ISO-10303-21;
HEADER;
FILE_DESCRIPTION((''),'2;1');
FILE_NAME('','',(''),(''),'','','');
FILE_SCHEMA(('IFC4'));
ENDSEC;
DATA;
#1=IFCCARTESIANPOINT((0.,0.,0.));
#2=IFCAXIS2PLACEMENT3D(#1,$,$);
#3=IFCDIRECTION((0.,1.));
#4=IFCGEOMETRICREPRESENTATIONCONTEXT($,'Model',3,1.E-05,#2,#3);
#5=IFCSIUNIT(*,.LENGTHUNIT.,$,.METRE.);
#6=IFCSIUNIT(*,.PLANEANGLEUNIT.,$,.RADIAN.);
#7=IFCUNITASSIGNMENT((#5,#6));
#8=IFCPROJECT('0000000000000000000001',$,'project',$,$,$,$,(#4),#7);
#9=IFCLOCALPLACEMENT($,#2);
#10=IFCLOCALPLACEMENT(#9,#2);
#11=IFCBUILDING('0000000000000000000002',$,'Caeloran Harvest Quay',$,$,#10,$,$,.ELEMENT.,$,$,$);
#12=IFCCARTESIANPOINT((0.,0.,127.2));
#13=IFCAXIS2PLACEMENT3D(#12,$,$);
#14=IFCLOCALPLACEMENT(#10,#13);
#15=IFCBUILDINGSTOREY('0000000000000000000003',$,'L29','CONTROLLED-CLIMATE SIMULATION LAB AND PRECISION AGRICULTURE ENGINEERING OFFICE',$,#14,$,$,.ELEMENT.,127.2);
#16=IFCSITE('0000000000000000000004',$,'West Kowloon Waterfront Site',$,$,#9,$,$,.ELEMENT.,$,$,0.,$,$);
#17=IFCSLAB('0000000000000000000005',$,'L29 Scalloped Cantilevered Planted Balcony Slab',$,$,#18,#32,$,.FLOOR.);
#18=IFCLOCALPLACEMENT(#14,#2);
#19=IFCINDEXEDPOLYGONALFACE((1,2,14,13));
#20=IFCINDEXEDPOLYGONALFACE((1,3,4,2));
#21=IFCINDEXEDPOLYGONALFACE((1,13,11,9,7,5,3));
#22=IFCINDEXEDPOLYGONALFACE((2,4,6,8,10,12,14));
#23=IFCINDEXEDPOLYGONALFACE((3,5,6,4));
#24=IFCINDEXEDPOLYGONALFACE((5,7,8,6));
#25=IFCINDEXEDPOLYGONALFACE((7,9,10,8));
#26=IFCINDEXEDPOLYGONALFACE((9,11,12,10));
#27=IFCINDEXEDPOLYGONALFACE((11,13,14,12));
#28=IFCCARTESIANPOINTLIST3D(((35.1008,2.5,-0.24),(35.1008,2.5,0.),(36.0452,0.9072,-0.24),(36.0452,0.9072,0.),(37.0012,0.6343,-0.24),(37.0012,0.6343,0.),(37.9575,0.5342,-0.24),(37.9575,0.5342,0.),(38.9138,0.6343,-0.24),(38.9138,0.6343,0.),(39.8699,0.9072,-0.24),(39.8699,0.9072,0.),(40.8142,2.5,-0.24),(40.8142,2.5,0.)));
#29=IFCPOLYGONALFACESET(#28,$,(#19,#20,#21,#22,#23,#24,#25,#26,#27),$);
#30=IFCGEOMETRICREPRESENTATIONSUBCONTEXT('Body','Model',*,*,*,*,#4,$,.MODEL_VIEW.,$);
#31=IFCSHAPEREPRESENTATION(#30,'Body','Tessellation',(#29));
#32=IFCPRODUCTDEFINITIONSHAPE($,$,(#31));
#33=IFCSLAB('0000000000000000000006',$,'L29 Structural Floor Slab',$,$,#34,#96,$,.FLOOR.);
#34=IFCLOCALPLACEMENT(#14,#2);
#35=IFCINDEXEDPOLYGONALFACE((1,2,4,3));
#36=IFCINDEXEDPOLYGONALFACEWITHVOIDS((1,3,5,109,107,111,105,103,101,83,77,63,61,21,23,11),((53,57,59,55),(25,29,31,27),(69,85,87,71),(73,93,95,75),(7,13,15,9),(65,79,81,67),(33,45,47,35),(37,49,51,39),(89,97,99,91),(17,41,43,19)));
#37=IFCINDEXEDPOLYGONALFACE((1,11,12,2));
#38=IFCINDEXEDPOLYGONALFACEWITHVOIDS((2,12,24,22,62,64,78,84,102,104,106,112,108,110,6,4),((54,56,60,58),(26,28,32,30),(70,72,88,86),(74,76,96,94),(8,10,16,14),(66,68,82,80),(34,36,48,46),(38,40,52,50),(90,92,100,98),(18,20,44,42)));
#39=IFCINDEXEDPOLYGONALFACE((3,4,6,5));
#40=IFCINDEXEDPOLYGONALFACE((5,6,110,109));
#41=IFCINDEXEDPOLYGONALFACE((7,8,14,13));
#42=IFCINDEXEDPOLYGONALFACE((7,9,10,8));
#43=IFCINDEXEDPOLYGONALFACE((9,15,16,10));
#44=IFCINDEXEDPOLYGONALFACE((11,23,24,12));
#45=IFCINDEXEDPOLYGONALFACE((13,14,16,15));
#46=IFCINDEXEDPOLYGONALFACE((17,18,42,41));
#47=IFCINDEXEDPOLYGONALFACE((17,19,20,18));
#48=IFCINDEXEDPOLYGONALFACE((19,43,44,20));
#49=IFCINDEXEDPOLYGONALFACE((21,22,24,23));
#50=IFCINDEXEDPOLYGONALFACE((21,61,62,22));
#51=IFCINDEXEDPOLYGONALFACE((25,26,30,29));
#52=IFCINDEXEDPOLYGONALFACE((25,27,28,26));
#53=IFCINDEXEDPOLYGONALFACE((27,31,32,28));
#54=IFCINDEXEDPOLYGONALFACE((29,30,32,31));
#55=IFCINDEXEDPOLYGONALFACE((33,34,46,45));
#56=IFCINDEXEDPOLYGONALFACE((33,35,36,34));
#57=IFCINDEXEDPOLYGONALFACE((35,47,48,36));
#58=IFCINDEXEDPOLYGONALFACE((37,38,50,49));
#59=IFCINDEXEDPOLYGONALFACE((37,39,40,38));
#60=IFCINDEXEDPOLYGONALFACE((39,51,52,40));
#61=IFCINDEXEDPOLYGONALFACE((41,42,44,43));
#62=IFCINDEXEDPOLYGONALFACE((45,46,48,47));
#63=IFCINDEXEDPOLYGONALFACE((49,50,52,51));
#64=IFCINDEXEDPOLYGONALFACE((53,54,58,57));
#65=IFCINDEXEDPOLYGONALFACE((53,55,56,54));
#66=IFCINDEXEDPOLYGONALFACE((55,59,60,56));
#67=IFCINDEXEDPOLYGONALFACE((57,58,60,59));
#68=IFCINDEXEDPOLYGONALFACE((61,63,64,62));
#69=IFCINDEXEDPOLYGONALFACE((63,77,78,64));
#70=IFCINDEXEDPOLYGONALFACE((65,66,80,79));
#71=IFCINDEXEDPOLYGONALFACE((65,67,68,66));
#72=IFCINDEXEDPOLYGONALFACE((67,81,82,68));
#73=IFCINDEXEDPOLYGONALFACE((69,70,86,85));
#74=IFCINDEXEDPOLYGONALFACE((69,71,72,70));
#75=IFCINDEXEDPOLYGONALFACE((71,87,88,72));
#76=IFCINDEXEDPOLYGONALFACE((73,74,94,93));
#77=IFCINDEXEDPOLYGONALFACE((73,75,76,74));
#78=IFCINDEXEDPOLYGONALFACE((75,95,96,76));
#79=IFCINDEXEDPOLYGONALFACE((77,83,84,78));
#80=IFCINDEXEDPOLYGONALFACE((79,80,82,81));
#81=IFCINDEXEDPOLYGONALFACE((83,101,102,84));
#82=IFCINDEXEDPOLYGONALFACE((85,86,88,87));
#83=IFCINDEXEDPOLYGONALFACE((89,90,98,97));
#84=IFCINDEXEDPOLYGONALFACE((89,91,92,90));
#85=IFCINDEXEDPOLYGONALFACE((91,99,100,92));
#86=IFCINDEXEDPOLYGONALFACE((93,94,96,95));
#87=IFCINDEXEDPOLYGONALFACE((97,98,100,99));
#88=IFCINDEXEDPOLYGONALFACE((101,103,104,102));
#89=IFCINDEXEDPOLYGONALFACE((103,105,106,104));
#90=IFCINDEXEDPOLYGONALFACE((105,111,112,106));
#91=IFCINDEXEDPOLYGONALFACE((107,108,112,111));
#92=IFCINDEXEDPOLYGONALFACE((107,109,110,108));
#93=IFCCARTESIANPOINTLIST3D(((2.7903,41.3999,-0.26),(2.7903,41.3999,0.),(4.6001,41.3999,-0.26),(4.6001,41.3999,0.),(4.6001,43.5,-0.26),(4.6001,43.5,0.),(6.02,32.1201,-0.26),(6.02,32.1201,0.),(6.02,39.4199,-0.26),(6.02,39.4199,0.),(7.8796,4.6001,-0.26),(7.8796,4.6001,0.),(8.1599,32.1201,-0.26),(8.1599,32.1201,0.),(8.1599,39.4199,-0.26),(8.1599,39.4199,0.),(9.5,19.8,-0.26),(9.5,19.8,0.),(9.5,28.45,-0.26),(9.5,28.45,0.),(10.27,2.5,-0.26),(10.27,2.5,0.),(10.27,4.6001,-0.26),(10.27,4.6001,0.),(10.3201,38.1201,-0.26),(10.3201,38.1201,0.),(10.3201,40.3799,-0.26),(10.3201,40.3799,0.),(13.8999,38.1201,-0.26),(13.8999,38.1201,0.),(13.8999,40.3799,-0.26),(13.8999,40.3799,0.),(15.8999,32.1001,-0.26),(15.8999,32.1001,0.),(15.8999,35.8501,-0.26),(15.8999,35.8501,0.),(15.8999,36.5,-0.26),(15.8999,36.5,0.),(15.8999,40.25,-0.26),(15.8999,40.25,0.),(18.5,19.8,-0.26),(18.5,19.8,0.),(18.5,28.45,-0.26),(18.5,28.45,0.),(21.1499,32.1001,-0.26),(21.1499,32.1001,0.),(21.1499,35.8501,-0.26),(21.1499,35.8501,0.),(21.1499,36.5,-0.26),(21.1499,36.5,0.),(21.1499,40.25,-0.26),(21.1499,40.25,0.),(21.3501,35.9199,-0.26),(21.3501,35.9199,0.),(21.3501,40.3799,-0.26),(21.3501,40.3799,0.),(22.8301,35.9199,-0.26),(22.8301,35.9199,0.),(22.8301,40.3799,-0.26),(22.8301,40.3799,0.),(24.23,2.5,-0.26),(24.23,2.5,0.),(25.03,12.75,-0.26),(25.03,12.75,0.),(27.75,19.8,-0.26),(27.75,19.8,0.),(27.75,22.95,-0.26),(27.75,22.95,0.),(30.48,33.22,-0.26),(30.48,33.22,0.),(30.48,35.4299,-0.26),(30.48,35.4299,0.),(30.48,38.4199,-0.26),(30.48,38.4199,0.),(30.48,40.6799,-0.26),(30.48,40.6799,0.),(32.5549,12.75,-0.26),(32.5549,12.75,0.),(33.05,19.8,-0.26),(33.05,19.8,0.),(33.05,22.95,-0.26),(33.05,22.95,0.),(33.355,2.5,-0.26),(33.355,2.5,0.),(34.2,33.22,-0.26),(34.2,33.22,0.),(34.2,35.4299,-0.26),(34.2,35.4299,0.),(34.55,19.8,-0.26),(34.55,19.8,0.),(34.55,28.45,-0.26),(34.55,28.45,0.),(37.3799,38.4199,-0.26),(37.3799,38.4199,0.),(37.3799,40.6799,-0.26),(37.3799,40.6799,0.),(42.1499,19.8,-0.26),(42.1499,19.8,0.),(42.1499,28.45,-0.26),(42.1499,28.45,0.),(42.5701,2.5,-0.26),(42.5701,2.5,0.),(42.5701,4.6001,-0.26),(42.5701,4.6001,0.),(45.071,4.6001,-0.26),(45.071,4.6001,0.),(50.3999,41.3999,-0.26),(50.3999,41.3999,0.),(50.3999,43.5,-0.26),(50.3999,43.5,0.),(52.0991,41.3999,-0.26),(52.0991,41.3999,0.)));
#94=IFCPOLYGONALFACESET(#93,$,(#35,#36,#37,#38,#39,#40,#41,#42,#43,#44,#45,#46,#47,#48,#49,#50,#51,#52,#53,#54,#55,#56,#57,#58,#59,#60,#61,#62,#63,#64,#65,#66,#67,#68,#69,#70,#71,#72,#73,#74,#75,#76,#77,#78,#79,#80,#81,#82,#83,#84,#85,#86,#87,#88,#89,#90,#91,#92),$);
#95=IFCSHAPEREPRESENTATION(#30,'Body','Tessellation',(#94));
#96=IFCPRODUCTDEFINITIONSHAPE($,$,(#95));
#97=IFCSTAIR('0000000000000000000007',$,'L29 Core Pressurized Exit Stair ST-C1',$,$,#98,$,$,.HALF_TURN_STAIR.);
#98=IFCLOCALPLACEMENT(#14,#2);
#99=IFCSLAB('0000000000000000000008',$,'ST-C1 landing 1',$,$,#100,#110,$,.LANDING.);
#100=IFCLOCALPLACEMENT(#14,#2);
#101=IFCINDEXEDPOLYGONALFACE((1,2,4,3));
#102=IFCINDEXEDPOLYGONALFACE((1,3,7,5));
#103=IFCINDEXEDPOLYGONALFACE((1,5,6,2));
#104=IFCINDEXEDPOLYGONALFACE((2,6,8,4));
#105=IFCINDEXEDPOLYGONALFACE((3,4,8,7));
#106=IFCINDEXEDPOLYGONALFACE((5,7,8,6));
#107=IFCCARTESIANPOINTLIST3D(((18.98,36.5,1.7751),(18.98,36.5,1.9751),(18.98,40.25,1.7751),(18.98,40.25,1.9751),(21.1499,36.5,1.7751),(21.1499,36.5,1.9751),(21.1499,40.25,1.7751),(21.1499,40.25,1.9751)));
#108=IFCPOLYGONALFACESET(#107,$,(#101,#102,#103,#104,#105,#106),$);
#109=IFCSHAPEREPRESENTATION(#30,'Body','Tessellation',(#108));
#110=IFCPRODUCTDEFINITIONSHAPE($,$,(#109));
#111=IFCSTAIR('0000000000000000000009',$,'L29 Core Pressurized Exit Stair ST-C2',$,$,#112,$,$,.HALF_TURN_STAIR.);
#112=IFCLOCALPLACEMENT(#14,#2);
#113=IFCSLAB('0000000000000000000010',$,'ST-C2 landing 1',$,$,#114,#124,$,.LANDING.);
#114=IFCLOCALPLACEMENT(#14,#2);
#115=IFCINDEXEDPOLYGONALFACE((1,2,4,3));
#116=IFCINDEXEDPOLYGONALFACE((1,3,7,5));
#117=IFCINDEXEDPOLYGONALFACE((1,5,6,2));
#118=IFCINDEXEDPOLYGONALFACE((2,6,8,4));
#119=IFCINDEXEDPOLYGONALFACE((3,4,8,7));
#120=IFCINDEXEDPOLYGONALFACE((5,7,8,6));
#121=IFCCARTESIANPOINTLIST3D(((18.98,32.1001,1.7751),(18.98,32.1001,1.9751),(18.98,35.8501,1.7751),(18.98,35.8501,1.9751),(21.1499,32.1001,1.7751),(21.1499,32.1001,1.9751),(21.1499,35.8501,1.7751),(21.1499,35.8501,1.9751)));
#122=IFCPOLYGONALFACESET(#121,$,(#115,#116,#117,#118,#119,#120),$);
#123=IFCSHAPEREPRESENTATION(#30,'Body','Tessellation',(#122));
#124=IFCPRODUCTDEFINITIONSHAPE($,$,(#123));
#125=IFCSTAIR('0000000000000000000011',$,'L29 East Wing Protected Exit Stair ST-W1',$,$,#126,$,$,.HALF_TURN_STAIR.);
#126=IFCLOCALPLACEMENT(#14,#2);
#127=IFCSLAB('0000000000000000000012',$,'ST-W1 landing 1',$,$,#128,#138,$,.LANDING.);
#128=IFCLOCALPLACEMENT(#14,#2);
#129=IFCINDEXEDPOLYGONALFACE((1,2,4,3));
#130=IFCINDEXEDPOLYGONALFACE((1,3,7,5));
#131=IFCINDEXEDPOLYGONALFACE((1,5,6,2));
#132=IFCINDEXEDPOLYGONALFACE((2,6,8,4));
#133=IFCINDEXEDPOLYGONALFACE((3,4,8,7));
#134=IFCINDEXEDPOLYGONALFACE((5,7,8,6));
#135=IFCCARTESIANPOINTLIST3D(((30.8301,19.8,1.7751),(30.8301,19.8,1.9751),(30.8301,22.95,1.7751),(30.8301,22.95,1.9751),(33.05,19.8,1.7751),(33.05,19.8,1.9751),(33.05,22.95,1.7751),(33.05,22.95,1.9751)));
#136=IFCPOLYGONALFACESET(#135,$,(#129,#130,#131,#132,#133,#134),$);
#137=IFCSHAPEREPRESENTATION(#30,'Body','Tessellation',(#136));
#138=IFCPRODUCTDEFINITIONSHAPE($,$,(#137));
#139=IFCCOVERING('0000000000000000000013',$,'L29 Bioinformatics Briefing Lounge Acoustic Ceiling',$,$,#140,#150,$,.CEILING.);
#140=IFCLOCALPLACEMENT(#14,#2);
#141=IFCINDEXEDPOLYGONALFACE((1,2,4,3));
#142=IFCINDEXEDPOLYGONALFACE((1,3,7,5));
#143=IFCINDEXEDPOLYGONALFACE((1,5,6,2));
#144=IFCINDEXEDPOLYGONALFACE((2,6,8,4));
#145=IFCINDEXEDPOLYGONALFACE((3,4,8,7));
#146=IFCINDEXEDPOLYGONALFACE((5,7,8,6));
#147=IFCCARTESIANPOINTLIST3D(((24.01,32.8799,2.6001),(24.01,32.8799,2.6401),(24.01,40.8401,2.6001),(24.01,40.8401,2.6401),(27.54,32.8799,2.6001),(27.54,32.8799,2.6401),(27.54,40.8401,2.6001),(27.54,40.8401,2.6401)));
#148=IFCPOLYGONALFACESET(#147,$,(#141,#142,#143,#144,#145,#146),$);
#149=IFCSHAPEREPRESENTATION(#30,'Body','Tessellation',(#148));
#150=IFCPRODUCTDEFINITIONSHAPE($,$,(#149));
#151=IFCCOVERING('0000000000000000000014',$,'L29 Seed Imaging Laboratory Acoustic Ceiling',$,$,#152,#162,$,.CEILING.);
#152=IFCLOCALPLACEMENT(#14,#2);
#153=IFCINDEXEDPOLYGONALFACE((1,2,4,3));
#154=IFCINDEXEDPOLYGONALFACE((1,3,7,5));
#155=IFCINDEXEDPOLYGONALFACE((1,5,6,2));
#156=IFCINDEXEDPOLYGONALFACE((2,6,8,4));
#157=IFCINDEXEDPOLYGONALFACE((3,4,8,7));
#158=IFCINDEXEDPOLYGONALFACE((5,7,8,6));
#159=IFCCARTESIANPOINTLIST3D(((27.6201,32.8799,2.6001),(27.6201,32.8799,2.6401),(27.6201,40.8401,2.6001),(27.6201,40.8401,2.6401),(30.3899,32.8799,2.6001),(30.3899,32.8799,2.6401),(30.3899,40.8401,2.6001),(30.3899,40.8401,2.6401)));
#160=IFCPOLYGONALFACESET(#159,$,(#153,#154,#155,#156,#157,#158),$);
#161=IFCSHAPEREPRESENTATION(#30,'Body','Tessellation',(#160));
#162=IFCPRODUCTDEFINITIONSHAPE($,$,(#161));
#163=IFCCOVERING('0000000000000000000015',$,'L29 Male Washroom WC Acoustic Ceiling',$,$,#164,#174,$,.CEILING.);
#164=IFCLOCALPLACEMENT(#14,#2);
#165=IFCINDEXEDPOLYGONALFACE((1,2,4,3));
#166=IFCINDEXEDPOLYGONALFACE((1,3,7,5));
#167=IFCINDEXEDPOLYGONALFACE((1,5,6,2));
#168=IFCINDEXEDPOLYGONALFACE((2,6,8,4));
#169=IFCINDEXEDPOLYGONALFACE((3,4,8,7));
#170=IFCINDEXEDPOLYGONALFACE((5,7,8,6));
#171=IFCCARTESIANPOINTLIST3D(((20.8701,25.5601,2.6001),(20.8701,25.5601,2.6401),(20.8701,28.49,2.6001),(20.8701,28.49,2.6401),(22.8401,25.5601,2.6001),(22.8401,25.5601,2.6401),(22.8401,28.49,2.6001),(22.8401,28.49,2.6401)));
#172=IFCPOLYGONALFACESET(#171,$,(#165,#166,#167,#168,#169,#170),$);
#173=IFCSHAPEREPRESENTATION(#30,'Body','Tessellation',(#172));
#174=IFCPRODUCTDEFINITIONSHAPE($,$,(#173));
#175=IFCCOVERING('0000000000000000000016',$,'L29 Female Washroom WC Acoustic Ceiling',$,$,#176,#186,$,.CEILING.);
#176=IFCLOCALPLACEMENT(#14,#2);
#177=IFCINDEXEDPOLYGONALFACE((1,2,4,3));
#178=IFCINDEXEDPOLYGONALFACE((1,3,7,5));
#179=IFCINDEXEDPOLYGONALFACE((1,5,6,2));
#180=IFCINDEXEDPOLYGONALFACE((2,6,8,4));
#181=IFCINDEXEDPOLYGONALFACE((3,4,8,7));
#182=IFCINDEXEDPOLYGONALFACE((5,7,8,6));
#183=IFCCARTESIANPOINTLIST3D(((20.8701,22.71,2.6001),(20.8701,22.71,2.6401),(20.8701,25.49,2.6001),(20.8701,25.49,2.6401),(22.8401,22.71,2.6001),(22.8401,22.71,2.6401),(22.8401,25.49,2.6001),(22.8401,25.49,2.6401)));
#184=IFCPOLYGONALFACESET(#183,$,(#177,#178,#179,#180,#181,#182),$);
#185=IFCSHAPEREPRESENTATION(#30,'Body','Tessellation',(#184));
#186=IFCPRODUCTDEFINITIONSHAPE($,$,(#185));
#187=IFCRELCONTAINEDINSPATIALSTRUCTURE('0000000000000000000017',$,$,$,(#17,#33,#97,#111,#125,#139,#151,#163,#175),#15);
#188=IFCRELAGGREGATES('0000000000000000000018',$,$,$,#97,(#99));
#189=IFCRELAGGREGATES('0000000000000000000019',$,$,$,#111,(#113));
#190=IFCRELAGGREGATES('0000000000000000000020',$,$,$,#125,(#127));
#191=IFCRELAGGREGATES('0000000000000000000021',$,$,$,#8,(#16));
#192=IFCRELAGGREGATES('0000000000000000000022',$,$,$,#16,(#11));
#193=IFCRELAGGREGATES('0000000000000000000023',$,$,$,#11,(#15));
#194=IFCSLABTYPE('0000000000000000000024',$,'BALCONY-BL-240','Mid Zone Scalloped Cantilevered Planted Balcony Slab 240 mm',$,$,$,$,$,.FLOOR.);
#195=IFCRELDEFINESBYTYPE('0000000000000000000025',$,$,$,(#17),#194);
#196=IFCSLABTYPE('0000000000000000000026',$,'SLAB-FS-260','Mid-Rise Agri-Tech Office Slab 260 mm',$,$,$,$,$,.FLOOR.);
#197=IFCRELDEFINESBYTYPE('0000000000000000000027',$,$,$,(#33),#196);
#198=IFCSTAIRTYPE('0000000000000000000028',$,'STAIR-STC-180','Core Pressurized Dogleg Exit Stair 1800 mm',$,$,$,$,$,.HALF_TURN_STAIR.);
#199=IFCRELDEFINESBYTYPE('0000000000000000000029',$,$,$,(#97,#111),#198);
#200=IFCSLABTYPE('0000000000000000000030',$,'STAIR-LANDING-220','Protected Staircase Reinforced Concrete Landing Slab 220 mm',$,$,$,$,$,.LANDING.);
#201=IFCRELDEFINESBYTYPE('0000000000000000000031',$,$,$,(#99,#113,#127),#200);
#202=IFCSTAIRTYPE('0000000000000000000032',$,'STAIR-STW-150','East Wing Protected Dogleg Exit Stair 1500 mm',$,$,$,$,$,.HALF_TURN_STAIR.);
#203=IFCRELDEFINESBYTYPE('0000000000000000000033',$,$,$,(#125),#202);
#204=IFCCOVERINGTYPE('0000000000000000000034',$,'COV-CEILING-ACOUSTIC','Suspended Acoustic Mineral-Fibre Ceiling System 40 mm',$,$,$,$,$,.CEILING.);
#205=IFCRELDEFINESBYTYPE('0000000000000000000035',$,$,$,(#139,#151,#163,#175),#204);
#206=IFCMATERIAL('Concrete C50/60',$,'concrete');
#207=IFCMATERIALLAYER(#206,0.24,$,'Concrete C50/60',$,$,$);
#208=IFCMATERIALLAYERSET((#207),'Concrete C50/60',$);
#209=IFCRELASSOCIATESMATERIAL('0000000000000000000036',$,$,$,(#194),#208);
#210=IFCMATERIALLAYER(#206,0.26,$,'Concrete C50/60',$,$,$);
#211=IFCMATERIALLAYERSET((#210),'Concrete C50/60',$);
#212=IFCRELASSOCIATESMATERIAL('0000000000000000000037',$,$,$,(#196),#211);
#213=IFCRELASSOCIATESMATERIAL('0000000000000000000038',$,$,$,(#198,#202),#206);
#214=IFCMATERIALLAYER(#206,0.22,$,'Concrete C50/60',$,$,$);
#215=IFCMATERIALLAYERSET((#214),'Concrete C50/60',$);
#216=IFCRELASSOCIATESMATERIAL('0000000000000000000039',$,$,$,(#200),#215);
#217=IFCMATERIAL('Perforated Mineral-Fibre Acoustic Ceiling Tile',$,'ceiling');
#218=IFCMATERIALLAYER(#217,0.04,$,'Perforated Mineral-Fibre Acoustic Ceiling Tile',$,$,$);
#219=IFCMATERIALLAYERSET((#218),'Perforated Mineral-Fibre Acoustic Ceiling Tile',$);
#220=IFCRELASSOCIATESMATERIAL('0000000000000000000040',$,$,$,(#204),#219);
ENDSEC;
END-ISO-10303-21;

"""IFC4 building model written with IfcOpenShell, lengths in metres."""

from ifc_helpers import new_model, si_unit, direction, frame, origin, place, context, subcontext, project, spatial, polyline, outline, extrude, material, layer, layer_set, type_object, element, aggregate, save


model = new_model("IFC4")

# Units and contexts
model_context = context("Model", 3, precision=1e-05, world=origin(), true_north=direction((0.0, 1.0)))
body_context = subcontext(model_context, "Body", "Model", "MODEL_VIEW")
ifc_project = project(units=[si_unit("LENGTHUNIT", "METRE"), si_unit("PLANEANGLEUNIT", "RADIAN")], contexts=[model_context])

# Site, building, storey
site_placement = place(None, origin())
site = spatial("IfcSite", under=ifc_project, at=site_placement, Name="West Kowloon Waterfront Site", CompositionType="ELEMENT", RefElevation=0.0)
building_placement = place(site_placement, origin())
building = spatial("IfcBuilding", under=site, at=building_placement, Name="Caeloran Harvest Quay", CompositionType="ELEMENT")
storey_placement = place(building_placement, frame((0.0, 0.0, 127.2)))
storey = spatial("IfcBuildingStorey", under=building, at=storey_placement, Name="L29", Description="CONTROLLED-CLIMATE SIMULATION LAB AND PRECISION AGRICULTURE ENGINEERING OFFICE", CompositionType="ELEMENT", Elevation=127.2)

# Slabs
ifc_material_1 = material(Name="Concrete C50/60", Category="concrete")
ifc_layer_1 = layer(ifc_material_1, 0.24, Name="Concrete C50/60")
ifc_layer_set_1 = layer_set([ifc_layer_1], Name="Concrete C50/60")
slab_type_1 = type_object("IfcSlabType", Name="BALCONY-BL-240", Description="Mid Zone Scalloped Cantilevered Planted Balcony Slab 240 mm", PredefinedType="FLOOR", material=ifc_layer_set_1)
slab_1_placement = place(storey_placement, frame((0.0, 0.0, -0.24)))
element("IfcSlab", 1, at=slab_1_placement, inside=storey, type_object=slab_type_1, Name="L29 Scalloped Cantilevered Planted Balcony Slab", PredefinedType="FLOOR", context=body_context, shape_type="SweptSolid", body=[
    extrude(outline(polyline([(39.8699, 0.9072), (38.9138, 0.6343), (37.9575, 0.5342), (37.0012, 0.6343), (36.0452, 0.9072), (35.1008, 2.5), (40.8142, 2.5), (39.8699, 0.9072)])), origin(), (0.0, 0.0, 1.0), 0.24),
])
ifc_layer_2 = layer(ifc_material_1, 0.26, Name="Concrete C50/60")
ifc_layer_set_2 = layer_set([ifc_layer_2], Name="Concrete C50/60")
slab_type_2 = type_object("IfcSlabType", Name="SLAB-FS-260", Description="Mid-Rise Agri-Tech Office Slab 260 mm", PredefinedType="FLOOR", material=ifc_layer_set_2)
slab_2_placement = place(storey_placement, frame((0.0, 0.0, -0.26)))
element("IfcSlab", 2, at=slab_2_placement, inside=storey, type_object=slab_type_2, Name="L29 Structural Floor Slab", PredefinedType="FLOOR", context=body_context, shape_type="SweptSolid", body=[
    extrude(outline(polyline([(10.27, 2.5), (24.23, 2.5), (25.03, 12.75), (32.5549, 12.75), (33.355, 2.5), (42.5701, 2.5), (42.5701, 4.6001), (45.071, 4.6001), (52.0991, 41.3999), (50.3999, 41.3999), (50.3999, 43.5), (4.6001, 43.5), (4.6001, 41.3999), (2.7903, 41.3999), (7.8796, 4.6001), (10.27, 4.6001), (10.27, 2.5)]), holes=[polyline([(27.75, 19.8), (27.75, 22.95), (33.05, 22.95), (33.05, 19.8), (27.75, 19.8)]), polyline([(18.5, 19.8), (9.5, 19.8), (9.5, 28.45), (18.5, 28.45), (18.5, 19.8)]), polyline([(42.1499, 19.8), (34.55, 19.8), (34.55, 28.45), (42.1499, 28.45), (42.1499, 19.8)]), polyline([(15.8999, 35.8501), (21.1499, 35.8501), (21.1499, 32.1001), (15.8999, 32.1001), (15.8999, 35.8501)]), polyline([(30.48, 33.22), (30.48, 35.4299), (34.2, 35.4299), (34.2, 33.22), (30.48, 33.22)]), polyline([(8.1599, 32.1201), (6.02, 32.1201), (6.02, 39.4199), (8.1599, 39.4199), (8.1599, 32.1201)]), polyline([(22.8301, 35.9199), (21.3501, 35.9199), (21.3501, 40.3799), (22.8301, 40.3799), (22.8301, 35.9199)]), polyline([(15.8999, 36.5), (15.8999, 40.25), (21.1499, 40.25), (21.1499, 36.5), (15.8999, 36.5)]), polyline([(10.3201, 38.1201), (10.3201, 40.3799), (13.8999, 40.3799), (13.8999, 38.1201), (10.3201, 38.1201)]), polyline([(30.48, 38.4199), (30.48, 40.6799), (37.3799, 40.6799), (37.3799, 38.4199), (30.48, 38.4199)])]), origin(), (0.0, 0.0, 1.0), 0.26),
])

# Stairs, slabs
stair_type_1 = type_object("IfcStairType", Name="STAIR-STC-180", Description="Core Pressurized Dogleg Exit Stair 1800 mm", PredefinedType="HALF_TURN_STAIR", material=ifc_material_1)
stair_1_placement = place(storey_placement, origin())
stair_1 = element("IfcStair", 3, at=stair_1_placement, inside=storey, type_object=stair_type_1, Name="L29 Core Pressurized Exit Stair ST-C1", PredefinedType="HALF_TURN_STAIR")
ifc_layer_3 = layer(ifc_material_1, 0.22, Name="Concrete C50/60")
ifc_layer_set_3 = layer_set([ifc_layer_3], Name="Concrete C50/60")
slab_type_3 = type_object("IfcSlabType", Name="STAIR-LANDING-220", Description="Protected Staircase Reinforced Concrete Landing Slab 220 mm", PredefinedType="LANDING", material=ifc_layer_set_3)
slab_3_placement = place(storey_placement, frame((0.0, 0.0, 1.7751)))
slab_3 = element("IfcSlab", 4, at=slab_3_placement, type_object=slab_type_3, Name="ST-C1 landing 1", PredefinedType="LANDING", context=body_context, shape_type="SweptSolid", body=[
    extrude(outline(polyline([(18.98, 36.5), (21.1499, 36.5), (21.1499, 40.25), (18.98, 40.25), (18.98, 36.5)])), origin(), (0.0, 0.0, 1.0), 0.2),
])
aggregate(stair_1, [slab_3])
stair_2_placement = place(storey_placement, origin())
stair_2 = element("IfcStair", 5, at=stair_2_placement, inside=storey, type_object=stair_type_1, Name="L29 Core Pressurized Exit Stair ST-C2", PredefinedType="HALF_TURN_STAIR")
slab_4_placement = place(storey_placement, frame((0.0, 0.0, 1.7751)))
slab_4 = element("IfcSlab", 6, at=slab_4_placement, type_object=slab_type_3, Name="ST-C2 landing 1", PredefinedType="LANDING", context=body_context, shape_type="SweptSolid", body=[
    extrude(outline(polyline([(18.98, 32.1001), (21.1499, 32.1001), (21.1499, 35.8501), (18.98, 35.8501), (18.98, 32.1001)])), origin(), (0.0, 0.0, 1.0), 0.2),
])
aggregate(stair_2, [slab_4])
stair_type_2 = type_object("IfcStairType", Name="STAIR-STW-150", Description="East Wing Protected Dogleg Exit Stair 1500 mm", PredefinedType="HALF_TURN_STAIR", material=ifc_material_1)
stair_3_placement = place(storey_placement, origin())
stair_3 = element("IfcStair", 7, at=stair_3_placement, inside=storey, type_object=stair_type_2, Name="L29 East Wing Protected Exit Stair ST-W1", PredefinedType="HALF_TURN_STAIR")
slab_5_placement = place(storey_placement, frame((0.0, 0.0, 1.7751)))
slab_5 = element("IfcSlab", 8, at=slab_5_placement, type_object=slab_type_3, Name="ST-W1 landing 1", PredefinedType="LANDING", context=body_context, shape_type="SweptSolid", body=[
    extrude(outline(polyline([(30.8301, 19.8), (33.05, 19.8), (33.05, 22.95), (30.8301, 22.95), (30.8301, 19.8)])), origin(), (0.0, 0.0, 1.0), 0.2),
])
aggregate(stair_3, [slab_5])

# Coverings
ifc_material_2 = material(Name="Perforated Mineral-Fibre Acoustic Ceiling Tile", Category="ceiling")
ifc_layer_4 = layer(ifc_material_2, 0.04, Name="Perforated Mineral-Fibre Acoustic Ceiling Tile")
ifc_layer_set_4 = layer_set([ifc_layer_4], Name="Perforated Mineral-Fibre Acoustic Ceiling Tile")
covering_type_1 = type_object("IfcCoveringType", Name="COV-CEILING-ACOUSTIC", Description="Suspended Acoustic Mineral-Fibre Ceiling System 40 mm", PredefinedType="CEILING", material=ifc_layer_set_4)
covering_1_placement = place(storey_placement, frame((0.0, 0.0, 2.6001)))
element("IfcCovering", 9, at=covering_1_placement, inside=storey, type_object=covering_type_1, Name="L29 Bioinformatics Briefing Lounge Acoustic Ceiling", PredefinedType="CEILING", context=body_context, shape_type="SweptSolid", body=[
    extrude(outline(polyline([(27.54, 40.8401), (27.54, 32.8799), (24.01, 32.8799), (24.01, 40.8401), (27.54, 40.8401)])), origin(), (0.0, 0.0, 1.0), 0.04),
])
covering_2_placement = place(storey_placement, frame((0.0, 0.0, 2.6001)))
element("IfcCovering", 10, at=covering_2_placement, inside=storey, type_object=covering_type_1, Name="L29 Seed Imaging Laboratory Acoustic Ceiling", PredefinedType="CEILING", context=body_context, shape_type="SweptSolid", body=[
    extrude(outline(polyline([(30.3899, 40.8401), (30.3899, 32.8799), (27.6201, 32.8799), (27.6201, 40.8401), (30.3899, 40.8401)])), origin(), (0.0, 0.0, 1.0), 0.04),
])
covering_3_placement = place(storey_placement, frame((0.0, 0.0, 2.6001)))
element("IfcCovering", 11, at=covering_3_placement, inside=storey, type_object=covering_type_1, Name="L29 Male Washroom WC Acoustic Ceiling", PredefinedType="CEILING", context=body_context, shape_type="SweptSolid", body=[
    extrude(outline(polyline([(22.8401, 25.5601), (20.8701, 25.5601), (20.8701, 28.49), (22.8401, 28.49), (22.8401, 25.5601)])), origin(), (0.0, 0.0, 1.0), 0.04),
])
covering_4_placement = place(storey_placement, frame((0.0, 0.0, 2.6001)))
element("IfcCovering", 12, at=covering_4_placement, inside=storey, type_object=covering_type_1, Name="L29 Female Washroom WC Acoustic Ceiling", PredefinedType="CEILING", context=body_context, shape_type="SweptSolid", body=[
    extrude(outline(polyline([(22.8401, 22.71), (20.8701, 22.71), (20.8701, 25.49), (22.8401, 25.49), (22.8401, 22.71)])), origin(), (0.0, 0.0, 1.0), 0.04),
])

save(model, "model.ifc")
